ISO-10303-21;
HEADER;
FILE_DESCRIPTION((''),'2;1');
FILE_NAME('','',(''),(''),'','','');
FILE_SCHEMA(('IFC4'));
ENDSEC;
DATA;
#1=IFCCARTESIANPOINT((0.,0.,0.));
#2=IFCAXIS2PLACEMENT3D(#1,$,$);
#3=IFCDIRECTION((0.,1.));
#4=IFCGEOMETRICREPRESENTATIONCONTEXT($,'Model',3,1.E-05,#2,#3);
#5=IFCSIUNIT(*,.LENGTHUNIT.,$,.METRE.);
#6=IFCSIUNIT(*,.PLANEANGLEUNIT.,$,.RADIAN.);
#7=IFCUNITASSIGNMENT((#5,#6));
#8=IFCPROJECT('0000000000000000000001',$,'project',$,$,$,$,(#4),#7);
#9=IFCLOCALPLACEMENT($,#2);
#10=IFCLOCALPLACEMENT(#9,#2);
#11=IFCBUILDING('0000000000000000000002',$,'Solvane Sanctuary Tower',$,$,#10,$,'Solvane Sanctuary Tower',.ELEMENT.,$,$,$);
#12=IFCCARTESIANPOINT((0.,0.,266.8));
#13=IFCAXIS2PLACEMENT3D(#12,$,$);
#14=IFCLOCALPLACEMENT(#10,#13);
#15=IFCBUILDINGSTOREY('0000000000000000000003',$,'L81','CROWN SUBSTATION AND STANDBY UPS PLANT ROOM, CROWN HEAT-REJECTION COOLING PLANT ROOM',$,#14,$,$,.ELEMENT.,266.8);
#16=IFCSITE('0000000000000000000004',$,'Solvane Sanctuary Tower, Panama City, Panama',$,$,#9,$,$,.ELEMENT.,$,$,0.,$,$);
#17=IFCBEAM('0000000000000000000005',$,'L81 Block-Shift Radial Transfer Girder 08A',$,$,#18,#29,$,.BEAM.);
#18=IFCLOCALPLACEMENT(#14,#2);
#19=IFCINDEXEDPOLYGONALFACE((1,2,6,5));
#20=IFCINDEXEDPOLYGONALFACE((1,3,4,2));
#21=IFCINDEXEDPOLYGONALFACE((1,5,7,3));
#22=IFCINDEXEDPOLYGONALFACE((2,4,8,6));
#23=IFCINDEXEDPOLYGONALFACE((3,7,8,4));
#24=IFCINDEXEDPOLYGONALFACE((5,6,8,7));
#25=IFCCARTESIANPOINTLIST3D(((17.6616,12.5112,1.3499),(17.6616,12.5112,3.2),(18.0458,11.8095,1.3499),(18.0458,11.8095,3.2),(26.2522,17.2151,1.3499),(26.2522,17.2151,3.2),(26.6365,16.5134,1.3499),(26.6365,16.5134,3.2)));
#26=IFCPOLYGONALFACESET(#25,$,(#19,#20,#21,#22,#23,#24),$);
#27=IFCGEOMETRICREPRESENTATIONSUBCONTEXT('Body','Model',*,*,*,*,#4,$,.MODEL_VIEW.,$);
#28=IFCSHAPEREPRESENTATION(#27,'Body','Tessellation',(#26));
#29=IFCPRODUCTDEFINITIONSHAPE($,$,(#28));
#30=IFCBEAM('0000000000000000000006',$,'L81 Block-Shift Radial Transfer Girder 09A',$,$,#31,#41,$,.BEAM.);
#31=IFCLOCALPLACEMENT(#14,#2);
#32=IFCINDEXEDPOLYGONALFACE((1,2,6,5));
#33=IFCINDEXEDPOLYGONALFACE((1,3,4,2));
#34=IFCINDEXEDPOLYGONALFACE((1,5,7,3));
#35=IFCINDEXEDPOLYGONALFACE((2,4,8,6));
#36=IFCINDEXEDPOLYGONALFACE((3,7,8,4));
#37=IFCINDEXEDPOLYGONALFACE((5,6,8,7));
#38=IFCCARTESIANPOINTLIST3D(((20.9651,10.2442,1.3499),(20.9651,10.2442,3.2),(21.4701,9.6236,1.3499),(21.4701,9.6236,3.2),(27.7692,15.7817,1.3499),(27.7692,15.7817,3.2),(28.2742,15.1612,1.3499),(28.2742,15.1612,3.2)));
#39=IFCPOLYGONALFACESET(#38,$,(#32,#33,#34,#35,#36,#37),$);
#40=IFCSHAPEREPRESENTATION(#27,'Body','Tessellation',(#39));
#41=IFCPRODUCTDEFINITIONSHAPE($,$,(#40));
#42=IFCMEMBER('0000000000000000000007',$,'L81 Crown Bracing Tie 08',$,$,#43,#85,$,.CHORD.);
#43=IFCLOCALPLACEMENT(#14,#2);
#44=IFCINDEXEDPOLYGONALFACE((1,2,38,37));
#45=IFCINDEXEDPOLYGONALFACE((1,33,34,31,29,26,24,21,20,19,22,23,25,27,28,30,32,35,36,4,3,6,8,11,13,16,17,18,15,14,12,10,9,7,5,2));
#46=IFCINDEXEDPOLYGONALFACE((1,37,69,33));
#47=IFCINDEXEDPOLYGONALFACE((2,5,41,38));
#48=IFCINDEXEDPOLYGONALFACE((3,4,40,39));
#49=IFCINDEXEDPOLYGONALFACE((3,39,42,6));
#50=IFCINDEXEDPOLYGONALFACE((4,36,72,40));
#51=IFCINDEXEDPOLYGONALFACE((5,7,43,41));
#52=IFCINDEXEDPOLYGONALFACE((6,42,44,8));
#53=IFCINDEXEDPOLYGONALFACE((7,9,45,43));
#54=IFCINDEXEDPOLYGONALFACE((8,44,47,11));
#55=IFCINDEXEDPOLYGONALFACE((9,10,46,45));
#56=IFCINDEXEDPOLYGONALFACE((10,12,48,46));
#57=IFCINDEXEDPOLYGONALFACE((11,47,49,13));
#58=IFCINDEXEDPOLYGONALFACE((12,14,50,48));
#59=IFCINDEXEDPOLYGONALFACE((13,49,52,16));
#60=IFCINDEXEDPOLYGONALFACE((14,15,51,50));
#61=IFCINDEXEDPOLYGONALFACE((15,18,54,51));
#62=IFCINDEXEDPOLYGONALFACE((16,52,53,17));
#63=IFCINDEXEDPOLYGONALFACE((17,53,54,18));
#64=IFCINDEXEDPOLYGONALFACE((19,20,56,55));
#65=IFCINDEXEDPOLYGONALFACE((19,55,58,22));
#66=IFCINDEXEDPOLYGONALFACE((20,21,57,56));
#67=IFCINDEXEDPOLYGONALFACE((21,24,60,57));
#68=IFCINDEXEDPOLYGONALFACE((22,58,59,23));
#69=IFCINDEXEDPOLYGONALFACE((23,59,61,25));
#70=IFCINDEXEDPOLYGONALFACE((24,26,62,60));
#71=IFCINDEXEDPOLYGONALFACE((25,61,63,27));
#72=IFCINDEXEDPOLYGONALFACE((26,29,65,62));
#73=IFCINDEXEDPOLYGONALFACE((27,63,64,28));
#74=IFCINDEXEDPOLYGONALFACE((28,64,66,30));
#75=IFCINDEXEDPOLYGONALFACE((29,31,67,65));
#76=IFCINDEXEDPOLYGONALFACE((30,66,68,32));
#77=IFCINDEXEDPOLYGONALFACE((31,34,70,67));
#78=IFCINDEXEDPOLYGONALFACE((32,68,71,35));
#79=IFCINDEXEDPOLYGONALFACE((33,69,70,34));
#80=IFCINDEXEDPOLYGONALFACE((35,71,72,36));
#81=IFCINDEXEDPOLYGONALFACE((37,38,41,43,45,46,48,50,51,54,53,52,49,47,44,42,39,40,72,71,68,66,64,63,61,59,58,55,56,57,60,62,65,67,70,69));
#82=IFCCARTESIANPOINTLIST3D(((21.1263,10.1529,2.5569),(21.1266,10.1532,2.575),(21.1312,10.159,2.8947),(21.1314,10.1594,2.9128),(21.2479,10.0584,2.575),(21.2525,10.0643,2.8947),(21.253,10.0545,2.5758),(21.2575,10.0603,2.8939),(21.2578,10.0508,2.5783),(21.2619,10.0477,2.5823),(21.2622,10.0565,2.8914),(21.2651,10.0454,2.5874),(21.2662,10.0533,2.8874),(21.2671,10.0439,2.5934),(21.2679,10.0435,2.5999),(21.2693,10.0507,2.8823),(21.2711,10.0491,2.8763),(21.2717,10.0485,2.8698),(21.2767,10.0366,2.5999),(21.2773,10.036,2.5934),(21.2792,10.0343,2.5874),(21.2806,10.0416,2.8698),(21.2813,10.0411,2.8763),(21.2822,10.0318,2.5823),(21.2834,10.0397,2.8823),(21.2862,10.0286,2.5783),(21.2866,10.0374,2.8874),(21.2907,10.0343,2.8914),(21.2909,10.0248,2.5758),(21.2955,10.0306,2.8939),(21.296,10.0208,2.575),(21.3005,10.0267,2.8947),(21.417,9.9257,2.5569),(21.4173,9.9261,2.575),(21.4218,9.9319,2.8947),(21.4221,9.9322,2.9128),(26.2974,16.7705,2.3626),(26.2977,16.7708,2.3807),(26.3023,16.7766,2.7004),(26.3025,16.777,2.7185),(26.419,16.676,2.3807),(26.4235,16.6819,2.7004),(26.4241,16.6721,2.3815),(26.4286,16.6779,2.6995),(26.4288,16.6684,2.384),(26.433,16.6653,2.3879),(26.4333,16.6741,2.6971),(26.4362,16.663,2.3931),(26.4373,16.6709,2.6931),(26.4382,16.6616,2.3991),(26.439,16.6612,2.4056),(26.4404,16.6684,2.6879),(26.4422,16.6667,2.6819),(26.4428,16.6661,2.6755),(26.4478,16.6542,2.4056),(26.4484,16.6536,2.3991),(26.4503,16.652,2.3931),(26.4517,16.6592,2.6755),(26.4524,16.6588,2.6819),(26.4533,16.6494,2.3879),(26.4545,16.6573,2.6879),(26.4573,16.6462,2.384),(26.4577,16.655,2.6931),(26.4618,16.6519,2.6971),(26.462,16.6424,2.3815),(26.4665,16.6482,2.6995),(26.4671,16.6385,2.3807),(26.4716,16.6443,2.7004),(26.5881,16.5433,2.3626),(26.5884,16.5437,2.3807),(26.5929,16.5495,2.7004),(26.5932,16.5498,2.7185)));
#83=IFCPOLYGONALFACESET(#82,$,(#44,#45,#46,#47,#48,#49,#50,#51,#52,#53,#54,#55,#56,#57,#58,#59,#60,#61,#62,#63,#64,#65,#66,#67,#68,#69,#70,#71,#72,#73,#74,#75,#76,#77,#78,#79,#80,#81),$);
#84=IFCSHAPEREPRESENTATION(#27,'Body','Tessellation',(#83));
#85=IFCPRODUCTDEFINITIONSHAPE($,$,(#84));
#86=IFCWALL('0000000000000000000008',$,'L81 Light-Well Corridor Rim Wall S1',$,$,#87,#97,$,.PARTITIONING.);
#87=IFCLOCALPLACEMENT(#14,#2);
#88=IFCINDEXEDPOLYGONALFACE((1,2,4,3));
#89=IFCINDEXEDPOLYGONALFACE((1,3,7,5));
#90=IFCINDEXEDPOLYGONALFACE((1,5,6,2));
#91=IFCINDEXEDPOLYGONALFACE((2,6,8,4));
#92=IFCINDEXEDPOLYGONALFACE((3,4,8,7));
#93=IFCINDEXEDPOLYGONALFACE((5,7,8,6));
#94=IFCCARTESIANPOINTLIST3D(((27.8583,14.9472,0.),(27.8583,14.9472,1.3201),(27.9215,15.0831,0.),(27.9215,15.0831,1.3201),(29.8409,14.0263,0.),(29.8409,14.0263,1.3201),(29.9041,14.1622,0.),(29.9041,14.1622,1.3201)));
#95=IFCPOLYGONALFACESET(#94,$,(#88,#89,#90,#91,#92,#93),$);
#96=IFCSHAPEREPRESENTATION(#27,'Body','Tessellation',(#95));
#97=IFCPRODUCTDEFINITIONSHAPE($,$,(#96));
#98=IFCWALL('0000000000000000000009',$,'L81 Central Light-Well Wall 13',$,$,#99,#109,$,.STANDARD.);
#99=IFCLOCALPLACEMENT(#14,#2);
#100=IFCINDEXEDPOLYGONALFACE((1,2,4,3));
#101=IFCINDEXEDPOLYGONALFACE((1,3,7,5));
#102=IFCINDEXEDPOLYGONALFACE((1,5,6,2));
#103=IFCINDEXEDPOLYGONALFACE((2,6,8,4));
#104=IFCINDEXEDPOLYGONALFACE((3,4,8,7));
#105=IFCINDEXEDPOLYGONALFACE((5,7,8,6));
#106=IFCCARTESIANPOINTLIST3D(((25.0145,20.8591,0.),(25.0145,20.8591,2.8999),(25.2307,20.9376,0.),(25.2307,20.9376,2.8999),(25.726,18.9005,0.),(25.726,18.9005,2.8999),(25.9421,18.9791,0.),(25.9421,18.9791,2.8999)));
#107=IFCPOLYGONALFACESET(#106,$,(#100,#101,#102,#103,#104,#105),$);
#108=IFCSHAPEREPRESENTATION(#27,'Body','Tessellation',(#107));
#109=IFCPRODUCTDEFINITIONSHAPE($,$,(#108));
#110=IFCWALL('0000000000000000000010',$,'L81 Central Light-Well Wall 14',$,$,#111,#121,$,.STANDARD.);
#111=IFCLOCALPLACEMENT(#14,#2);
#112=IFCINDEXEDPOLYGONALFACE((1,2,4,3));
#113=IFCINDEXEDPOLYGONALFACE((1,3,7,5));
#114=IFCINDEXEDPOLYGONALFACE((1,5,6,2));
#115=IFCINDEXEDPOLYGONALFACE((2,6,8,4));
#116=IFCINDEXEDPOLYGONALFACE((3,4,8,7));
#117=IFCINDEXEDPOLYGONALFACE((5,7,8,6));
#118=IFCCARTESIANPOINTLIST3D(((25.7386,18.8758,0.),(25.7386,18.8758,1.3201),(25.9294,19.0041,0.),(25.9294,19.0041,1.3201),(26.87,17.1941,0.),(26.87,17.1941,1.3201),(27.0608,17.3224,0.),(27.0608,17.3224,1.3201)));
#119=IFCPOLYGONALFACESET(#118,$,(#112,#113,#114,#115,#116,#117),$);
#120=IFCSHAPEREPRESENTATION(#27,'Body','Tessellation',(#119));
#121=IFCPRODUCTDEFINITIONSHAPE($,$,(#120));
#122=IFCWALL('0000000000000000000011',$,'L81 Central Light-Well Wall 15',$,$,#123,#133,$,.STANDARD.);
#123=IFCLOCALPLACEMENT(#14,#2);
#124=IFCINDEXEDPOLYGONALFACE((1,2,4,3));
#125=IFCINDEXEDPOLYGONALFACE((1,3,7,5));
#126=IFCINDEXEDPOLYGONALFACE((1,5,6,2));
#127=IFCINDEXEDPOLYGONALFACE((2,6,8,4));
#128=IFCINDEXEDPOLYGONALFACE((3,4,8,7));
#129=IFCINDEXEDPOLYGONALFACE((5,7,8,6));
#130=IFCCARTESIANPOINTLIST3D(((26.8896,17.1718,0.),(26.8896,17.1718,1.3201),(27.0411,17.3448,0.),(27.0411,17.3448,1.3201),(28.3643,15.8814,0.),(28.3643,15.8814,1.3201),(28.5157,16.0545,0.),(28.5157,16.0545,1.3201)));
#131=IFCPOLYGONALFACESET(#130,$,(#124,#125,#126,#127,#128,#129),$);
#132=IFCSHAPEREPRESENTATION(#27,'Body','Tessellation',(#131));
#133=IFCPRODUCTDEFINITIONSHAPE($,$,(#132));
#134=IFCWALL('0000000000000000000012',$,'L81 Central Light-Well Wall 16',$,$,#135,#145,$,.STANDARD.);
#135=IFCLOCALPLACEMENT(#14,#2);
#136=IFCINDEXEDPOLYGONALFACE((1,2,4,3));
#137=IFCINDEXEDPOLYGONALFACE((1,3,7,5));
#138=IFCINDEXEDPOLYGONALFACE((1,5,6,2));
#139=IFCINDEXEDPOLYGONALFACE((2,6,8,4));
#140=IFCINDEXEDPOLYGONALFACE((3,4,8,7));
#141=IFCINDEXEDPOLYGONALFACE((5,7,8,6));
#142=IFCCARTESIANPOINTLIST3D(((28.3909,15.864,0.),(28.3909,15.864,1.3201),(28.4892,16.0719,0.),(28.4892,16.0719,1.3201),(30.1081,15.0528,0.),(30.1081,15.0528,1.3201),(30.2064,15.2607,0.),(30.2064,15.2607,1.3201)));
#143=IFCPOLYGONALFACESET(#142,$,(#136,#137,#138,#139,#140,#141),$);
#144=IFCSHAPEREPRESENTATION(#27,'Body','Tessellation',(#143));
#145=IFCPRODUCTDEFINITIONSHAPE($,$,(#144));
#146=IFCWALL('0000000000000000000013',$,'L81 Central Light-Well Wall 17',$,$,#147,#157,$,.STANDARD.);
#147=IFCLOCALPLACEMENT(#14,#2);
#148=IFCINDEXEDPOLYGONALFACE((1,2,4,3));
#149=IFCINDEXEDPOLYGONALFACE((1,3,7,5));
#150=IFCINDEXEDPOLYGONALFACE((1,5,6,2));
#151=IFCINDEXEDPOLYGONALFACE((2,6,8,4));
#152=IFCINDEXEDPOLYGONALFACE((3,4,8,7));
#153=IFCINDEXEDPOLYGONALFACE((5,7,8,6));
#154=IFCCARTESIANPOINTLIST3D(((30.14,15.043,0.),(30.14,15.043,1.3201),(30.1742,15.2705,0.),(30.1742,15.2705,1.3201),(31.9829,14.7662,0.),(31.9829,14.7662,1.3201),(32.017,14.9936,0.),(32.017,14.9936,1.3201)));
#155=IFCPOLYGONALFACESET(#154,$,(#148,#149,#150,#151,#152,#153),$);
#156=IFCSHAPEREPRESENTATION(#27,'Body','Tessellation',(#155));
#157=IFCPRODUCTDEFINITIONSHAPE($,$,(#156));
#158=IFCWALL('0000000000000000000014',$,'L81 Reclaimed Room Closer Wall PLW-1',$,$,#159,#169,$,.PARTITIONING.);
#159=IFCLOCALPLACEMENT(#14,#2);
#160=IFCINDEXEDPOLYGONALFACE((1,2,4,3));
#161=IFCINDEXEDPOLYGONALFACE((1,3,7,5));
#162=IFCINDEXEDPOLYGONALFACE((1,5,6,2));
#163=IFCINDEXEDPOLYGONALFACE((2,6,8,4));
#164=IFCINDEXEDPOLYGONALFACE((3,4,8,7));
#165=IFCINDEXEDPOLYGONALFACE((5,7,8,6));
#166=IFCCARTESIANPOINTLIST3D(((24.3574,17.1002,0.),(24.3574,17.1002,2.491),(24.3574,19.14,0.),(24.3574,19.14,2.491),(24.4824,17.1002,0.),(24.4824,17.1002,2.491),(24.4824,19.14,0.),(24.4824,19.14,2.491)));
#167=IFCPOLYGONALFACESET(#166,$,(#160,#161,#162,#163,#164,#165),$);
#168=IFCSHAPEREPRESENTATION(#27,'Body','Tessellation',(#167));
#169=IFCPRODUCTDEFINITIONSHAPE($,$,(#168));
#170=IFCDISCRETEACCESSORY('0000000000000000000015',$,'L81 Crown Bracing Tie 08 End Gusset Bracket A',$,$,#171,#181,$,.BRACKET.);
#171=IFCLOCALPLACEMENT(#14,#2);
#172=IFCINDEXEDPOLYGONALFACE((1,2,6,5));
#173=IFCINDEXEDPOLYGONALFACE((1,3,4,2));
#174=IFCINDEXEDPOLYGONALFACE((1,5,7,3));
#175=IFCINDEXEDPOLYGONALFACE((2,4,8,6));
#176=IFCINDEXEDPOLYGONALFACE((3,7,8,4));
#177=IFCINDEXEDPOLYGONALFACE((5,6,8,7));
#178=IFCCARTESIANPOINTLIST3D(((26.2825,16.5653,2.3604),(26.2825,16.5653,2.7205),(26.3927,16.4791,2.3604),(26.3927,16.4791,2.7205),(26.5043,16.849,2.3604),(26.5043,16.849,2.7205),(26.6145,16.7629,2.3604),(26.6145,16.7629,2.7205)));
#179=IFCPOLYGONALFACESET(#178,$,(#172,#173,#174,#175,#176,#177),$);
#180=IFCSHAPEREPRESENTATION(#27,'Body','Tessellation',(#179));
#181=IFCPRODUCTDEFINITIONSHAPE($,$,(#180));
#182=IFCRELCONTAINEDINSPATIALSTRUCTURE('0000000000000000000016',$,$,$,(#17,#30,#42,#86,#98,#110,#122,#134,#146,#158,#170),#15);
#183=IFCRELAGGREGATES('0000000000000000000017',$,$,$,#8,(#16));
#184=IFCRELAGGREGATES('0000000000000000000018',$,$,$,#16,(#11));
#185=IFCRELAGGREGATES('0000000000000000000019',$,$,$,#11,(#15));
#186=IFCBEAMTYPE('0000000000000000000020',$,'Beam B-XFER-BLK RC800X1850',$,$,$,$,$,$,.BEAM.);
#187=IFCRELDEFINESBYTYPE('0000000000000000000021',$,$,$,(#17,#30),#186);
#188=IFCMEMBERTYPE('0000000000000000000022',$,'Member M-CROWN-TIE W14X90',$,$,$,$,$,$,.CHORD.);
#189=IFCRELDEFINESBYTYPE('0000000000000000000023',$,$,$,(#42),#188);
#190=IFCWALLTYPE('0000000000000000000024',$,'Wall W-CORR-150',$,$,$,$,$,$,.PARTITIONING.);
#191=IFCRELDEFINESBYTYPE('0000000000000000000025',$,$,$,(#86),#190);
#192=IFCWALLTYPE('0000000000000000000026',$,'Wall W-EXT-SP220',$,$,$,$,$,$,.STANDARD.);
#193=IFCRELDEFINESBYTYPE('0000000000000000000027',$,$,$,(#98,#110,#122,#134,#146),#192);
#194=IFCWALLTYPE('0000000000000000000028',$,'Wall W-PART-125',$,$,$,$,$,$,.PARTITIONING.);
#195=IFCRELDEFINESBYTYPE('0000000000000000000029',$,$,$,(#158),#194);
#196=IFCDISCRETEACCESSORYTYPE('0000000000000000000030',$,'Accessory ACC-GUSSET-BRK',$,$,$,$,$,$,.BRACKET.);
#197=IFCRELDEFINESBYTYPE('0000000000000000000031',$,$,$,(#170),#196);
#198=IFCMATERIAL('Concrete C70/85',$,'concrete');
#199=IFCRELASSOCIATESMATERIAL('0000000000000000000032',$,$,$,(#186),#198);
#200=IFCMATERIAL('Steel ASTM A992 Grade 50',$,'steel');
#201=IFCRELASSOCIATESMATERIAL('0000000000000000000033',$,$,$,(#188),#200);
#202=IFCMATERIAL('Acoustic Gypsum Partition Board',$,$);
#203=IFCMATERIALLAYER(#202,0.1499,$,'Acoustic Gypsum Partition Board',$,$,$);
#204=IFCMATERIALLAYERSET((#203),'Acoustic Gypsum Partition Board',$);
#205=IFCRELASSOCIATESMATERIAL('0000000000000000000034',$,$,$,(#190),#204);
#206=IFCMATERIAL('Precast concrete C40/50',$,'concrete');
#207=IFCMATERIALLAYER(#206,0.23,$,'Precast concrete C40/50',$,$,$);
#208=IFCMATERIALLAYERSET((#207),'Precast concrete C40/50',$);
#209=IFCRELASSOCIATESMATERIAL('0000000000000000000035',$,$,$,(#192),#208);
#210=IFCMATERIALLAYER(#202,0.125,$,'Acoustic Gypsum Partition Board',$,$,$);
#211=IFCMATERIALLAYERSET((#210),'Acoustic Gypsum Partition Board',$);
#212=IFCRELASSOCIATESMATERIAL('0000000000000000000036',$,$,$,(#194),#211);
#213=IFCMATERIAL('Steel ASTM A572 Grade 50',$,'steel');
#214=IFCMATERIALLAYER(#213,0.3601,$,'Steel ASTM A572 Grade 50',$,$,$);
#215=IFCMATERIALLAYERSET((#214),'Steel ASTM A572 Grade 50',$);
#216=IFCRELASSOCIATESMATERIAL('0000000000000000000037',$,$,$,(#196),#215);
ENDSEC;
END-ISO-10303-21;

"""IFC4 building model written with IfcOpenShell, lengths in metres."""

from ifc_helpers import new_model, si_unit, direction, frame, frame_2d, origin, origin_2d, place, context, subcontext, project, spatial, rectangle, i_section, extrude, material, layer, layer_set, material_profile, profile_set, type_object, element, save


model = new_model("IFC4")

# Units and contexts
model_context = context("Model", 3, precision=1e-05, world=origin(), true_north=direction((0.0, 1.0)))
body_context = subcontext(model_context, "Body", "Model", "MODEL_VIEW")
ifc_project = project(units=[si_unit("LENGTHUNIT", "METRE"), si_unit("PLANEANGLEUNIT", "RADIAN")], contexts=[model_context])

# Site, building, storey
site_placement = place(None, origin())
site = spatial("IfcSite", under=ifc_project, at=site_placement, Name="Solvane Sanctuary Tower, Panama City, Panama", CompositionType="ELEMENT", RefElevation=0.0)
building_placement = place(site_placement, origin())
building = spatial("IfcBuilding", under=site, at=building_placement, Name="Solvane Sanctuary Tower", LongName="Solvane Sanctuary Tower", CompositionType="ELEMENT")
storey_placement = place(building_placement, frame((0.0, 0.0, 266.8)))
storey = spatial("IfcBuildingStorey", under=building, at=storey_placement, Name="L81", Description="CROWN SUBSTATION AND STANDBY UPS PLANT ROOM, CROWN HEAT-REJECTION COOLING PLANT ROOM", CompositionType="ELEMENT", Elevation=266.8)

# Shared definitions
ifc_material_1 = material(Name="Concrete C70/85", Category="concrete")

# Beams
ifc_material_2 = material(Name="Steel ASTM A992 Grade 50", Category="steel")
ifc_material_profile_1 = material_profile(ifc_material_1, rectangle(XDim=0.8, YDim=1.8501, at=origin_2d()), Name="RC800X1850")
ifc_profile_set_1 = profile_set([ifc_material_profile_1], Name="Concrete C70/85")
beam_type_1 = type_object("IfcBeamType", Name="Beam B-XFER-BLK RC800X1850", PredefinedType="BEAM", material=ifc_profile_set_1)
beam_1_placement = place(storey_placement, frame((26.4443, 16.8643, 2.2749), z_axis=(-0.877118, -0.480275, 0.0), x_axis=(0.480275, -0.877118, 0.0)))
element("IfcBeam", 1, at=beam_1_placement, inside=storey, type_object=beam_type_1, Name="L81 Block-Shift Radial Transfer Girder 08A", PredefinedType="BEAM", context=body_context, shape_type="SweptSolid", body=[
    extrude(rectangle(XDim=0.8, YDim=1.8501, at=origin_2d()), origin(), (0.0, 0.0, 1.0), 9.7942),
])
beam_2_placement = place(storey_placement, frame((28.0217, 15.4714, 2.2749), z_axis=(-0.775601, -0.631223, 0.0), x_axis=(0.631223, -0.775601, 0.0)))
element("IfcBeam", 2, at=beam_2_placement, inside=storey, type_object=beam_type_1, Name="L81 Block-Shift Radial Transfer Girder 09A", PredefinedType="BEAM", context=body_context, shape_type="SweptSolid", body=[
    extrude(rectangle(XDim=0.8, YDim=1.8501, at=origin_2d()), origin(), (0.0, 0.0, 1.0), 8.7727),
])

# Member
ifc_material_profile_2 = material_profile(ifc_material_2, i_section(OverallWidth=0.3689, OverallDepth=0.356, WebThickness=0.0112, FlangeThickness=0.0181, FilletRadius=0.0249, at=origin_2d()), Name="W14X90")
ifc_profile_set_2 = profile_set([ifc_material_profile_2], Name="Steel ASTM A992 Grade 50")
member_type = type_object("IfcMemberType", Name="Member M-CROWN-TIE W14X90", PredefinedType="CHORD", material=ifc_profile_set_2)
member_placement = place(storey_placement, frame((26.4453, 16.6602, 2.5405), z_axis=(-0.615559, -0.787751, 0.023133), x_axis=(0.787962, -0.615724, 0.0)))
element("IfcMember", 3, at=member_placement, inside=storey, type_object=member_type, Name="L81 Crown Bracing Tie 08", PredefinedType="CHORD", context=body_context, shape_type="SweptSolid", body=[
    extrude(i_section(OverallWidth=0.3689, OverallDepth=0.356, WebThickness=0.0112, FlangeThickness=0.0181, FilletRadius=0.0249, at=origin_2d()), origin(), (0.0, 0.0, 1.0), 8.4006),
])

# Walls
ifc_material_3 = material(Name="Acoustic Gypsum Partition Board")
ifc_layer_1 = layer(ifc_material_3, 0.1499, Name="Acoustic Gypsum Partition Board")
ifc_layer_set_1 = layer_set([ifc_layer_1], Name="Acoustic Gypsum Partition Board")
wall_type_1 = type_object("IfcWallType", Name="Wall W-CORR-150", PredefinedType="PARTITIONING", material=ifc_layer_set_1)
wall_1_placement = place(storey_placement, frame((27.8899, 15.0151, 0.0), z_axis=(0.0, 0.0, 1.0), x_axis=(0.906943, -0.421252, 0.0)))
element("IfcWall", 4, at=wall_1_placement, inside=storey, type_object=wall_type_1, Name="L81 Light-Well Corridor Rim Wall S1", PredefinedType="PARTITIONING", context=body_context, shape_type="SweptSolid", body=[
    extrude(rectangle(XDim=2.186, YDim=0.1499, at=frame_2d((1.093, 0.0))), origin(), (0.0, 0.0, 1.0), 1.3201),
])
ifc_material_4 = material(Name="Precast concrete C40/50", Category="concrete")
ifc_layer_2 = layer(ifc_material_4, 0.23, Name="Precast concrete C40/50")
ifc_layer_set_2 = layer_set([ifc_layer_2], Name="Precast concrete C40/50")
wall_type_2 = type_object("IfcWallType", Name="Wall W-EXT-SP220", PredefinedType="STANDARD", material=ifc_layer_set_2)
wall_2_placement = place(storey_placement, frame((25.1226, 20.8984, 0.0), z_axis=(0.0, 0.0, 1.0), x_axis=(0.341423, -0.93991, 0.0)))
element("IfcWall", 5, at=wall_2_placement, inside=storey, type_object=wall_type_2, Name="L81 Central Light-Well Wall 13", PredefinedType="STANDARD", context=body_context, shape_type="SweptSolid", body=[
    extrude(rectangle(XDim=2.0837, YDim=0.23, at=frame_2d((1.042, 0.0))), origin(), (0.0, 0.0, 1.0), 2.8999),
])
wall_3_placement = place(storey_placement, frame((25.834, 18.9399, 0.0), z_axis=(0.0, 0.0, 1.0), x_axis=(0.558198, -0.829708, 0.0)))
element("IfcWall", 6, at=wall_3_placement, inside=storey, type_object=wall_type_2, Name="L81 Central Light-Well Wall 14", PredefinedType="STANDARD", context=body_context, shape_type="SweptSolid", body=[
    extrude(rectangle(XDim=2.0269, YDim=0.23, at=frame_2d((1.0134, 0.0))), origin(), (0.0, 0.0, 1.0), 1.3201),
])
wall_4_placement = place(storey_placement, frame((26.9653, 17.2583, 0.0), z_axis=(0.0, 0.0, 1.0), x_axis=(0.752577, -0.658505, 0.0)))
element("IfcWall", 7, at=wall_4_placement, inside=storey, type_object=wall_type_2, Name="L81 Central Light-Well Wall 15", PredefinedType="STANDARD", context=body_context, shape_type="SweptSolid", body=[
    extrude(rectangle(XDim=1.9595, YDim=0.23, at=frame_2d((0.9797, 0.0))), origin(), (0.0, 0.0, 1.0), 1.3201),
])
wall_5_placement = place(storey_placement, frame((28.4399, 15.968, 0.0), z_axis=(0.0, 0.0, 1.0), x_axis=(0.90418, -0.427152, 0.0)))
element("IfcWall", 8, at=wall_5_placement, inside=storey, type_object=wall_type_2, Name="L81 Central Light-Well Wall 16", PredefinedType="STANDARD", context=body_context, shape_type="SweptSolid", body=[
    extrude(rectangle(XDim=1.8992, YDim=0.23, at=frame_2d((0.9497, 0.0))), origin(), (0.0, 0.0, 1.0), 1.3201),
])
wall_6_placement = place(storey_placement, frame((30.1572, 15.1567, 0.0), z_axis=(0.0, 0.0, 1.0), x_axis=(0.988902, -0.148571, 0.0)))
element("IfcWall", 9, at=wall_6_placement, inside=storey, type_object=wall_type_2, Name="L81 Central Light-Well Wall 17", PredefinedType="STANDARD", context=body_context, shape_type="SweptSolid", body=[
    extrude(rectangle(XDim=1.8635, YDim=0.23, at=frame_2d((0.9316, 0.0))), origin(), (0.0, 0.0, 1.0), 1.3201),
])
ifc_layer_3 = layer(ifc_material_3, 0.125, Name="Acoustic Gypsum Partition Board")
ifc_layer_set_3 = layer_set([ifc_layer_3], Name="Acoustic Gypsum Partition Board")
wall_type_3 = type_object("IfcWallType", Name="Wall W-PART-125", PredefinedType="PARTITIONING", material=ifc_layer_set_3)
wall_7_placement = place(storey_placement, frame((24.4199, 17.1001, 0.0), z_axis=(0.0, 0.0, 1.0), x_axis=(0.0, 1.0, 0.0)))
element("IfcWall", 10, at=wall_7_placement, inside=storey, type_object=wall_type_3, Name="L81 Reclaimed Room Closer Wall PLW-1", PredefinedType="PARTITIONING", context=body_context, shape_type="SweptSolid", body=[
    extrude(rectangle(XDim=2.0398, YDim=0.125, at=frame_2d((1.02, 0.0))), origin(), (0.0, 0.0, 1.0), 2.491),
])

# Discrete accessory
ifc_material_5 = material(Name="Steel ASTM A572 Grade 50", Category="steel")
ifc_layer_4 = layer(ifc_material_5, 0.3601, Name="Steel ASTM A572 Grade 50")
ifc_layer_set_4 = layer_set([ifc_layer_4], Name="Steel ASTM A572 Grade 50")
discrete_accessory_type = type_object("IfcDiscreteAccessoryType", Name="Accessory ACC-GUSSET-BRK", PredefinedType="BRACKET", material=ifc_layer_set_4)
discrete_accessory_placement = place(storey_placement, frame((26.4485, 16.6641, 2.3604), z_axis=(0.0, 0.0, 1.0), x_axis=(-0.615799, -0.787903, 0.0)))
element("IfcDiscreteAccessory", 11, at=discrete_accessory_placement, inside=storey, type_object=discrete_accessory_type, Name="L81 Crown Bracing Tie 08 End Gusset Bracket A", PredefinedType="BRACKET", context=body_context, shape_type="SweptSolid", body=[
    extrude(rectangle(XDim=0.3601, YDim=0.1399, at=origin_2d()), origin(), (0.0, 0.0, 1.0), 0.3601),
])

save(model, "model.ifc")
